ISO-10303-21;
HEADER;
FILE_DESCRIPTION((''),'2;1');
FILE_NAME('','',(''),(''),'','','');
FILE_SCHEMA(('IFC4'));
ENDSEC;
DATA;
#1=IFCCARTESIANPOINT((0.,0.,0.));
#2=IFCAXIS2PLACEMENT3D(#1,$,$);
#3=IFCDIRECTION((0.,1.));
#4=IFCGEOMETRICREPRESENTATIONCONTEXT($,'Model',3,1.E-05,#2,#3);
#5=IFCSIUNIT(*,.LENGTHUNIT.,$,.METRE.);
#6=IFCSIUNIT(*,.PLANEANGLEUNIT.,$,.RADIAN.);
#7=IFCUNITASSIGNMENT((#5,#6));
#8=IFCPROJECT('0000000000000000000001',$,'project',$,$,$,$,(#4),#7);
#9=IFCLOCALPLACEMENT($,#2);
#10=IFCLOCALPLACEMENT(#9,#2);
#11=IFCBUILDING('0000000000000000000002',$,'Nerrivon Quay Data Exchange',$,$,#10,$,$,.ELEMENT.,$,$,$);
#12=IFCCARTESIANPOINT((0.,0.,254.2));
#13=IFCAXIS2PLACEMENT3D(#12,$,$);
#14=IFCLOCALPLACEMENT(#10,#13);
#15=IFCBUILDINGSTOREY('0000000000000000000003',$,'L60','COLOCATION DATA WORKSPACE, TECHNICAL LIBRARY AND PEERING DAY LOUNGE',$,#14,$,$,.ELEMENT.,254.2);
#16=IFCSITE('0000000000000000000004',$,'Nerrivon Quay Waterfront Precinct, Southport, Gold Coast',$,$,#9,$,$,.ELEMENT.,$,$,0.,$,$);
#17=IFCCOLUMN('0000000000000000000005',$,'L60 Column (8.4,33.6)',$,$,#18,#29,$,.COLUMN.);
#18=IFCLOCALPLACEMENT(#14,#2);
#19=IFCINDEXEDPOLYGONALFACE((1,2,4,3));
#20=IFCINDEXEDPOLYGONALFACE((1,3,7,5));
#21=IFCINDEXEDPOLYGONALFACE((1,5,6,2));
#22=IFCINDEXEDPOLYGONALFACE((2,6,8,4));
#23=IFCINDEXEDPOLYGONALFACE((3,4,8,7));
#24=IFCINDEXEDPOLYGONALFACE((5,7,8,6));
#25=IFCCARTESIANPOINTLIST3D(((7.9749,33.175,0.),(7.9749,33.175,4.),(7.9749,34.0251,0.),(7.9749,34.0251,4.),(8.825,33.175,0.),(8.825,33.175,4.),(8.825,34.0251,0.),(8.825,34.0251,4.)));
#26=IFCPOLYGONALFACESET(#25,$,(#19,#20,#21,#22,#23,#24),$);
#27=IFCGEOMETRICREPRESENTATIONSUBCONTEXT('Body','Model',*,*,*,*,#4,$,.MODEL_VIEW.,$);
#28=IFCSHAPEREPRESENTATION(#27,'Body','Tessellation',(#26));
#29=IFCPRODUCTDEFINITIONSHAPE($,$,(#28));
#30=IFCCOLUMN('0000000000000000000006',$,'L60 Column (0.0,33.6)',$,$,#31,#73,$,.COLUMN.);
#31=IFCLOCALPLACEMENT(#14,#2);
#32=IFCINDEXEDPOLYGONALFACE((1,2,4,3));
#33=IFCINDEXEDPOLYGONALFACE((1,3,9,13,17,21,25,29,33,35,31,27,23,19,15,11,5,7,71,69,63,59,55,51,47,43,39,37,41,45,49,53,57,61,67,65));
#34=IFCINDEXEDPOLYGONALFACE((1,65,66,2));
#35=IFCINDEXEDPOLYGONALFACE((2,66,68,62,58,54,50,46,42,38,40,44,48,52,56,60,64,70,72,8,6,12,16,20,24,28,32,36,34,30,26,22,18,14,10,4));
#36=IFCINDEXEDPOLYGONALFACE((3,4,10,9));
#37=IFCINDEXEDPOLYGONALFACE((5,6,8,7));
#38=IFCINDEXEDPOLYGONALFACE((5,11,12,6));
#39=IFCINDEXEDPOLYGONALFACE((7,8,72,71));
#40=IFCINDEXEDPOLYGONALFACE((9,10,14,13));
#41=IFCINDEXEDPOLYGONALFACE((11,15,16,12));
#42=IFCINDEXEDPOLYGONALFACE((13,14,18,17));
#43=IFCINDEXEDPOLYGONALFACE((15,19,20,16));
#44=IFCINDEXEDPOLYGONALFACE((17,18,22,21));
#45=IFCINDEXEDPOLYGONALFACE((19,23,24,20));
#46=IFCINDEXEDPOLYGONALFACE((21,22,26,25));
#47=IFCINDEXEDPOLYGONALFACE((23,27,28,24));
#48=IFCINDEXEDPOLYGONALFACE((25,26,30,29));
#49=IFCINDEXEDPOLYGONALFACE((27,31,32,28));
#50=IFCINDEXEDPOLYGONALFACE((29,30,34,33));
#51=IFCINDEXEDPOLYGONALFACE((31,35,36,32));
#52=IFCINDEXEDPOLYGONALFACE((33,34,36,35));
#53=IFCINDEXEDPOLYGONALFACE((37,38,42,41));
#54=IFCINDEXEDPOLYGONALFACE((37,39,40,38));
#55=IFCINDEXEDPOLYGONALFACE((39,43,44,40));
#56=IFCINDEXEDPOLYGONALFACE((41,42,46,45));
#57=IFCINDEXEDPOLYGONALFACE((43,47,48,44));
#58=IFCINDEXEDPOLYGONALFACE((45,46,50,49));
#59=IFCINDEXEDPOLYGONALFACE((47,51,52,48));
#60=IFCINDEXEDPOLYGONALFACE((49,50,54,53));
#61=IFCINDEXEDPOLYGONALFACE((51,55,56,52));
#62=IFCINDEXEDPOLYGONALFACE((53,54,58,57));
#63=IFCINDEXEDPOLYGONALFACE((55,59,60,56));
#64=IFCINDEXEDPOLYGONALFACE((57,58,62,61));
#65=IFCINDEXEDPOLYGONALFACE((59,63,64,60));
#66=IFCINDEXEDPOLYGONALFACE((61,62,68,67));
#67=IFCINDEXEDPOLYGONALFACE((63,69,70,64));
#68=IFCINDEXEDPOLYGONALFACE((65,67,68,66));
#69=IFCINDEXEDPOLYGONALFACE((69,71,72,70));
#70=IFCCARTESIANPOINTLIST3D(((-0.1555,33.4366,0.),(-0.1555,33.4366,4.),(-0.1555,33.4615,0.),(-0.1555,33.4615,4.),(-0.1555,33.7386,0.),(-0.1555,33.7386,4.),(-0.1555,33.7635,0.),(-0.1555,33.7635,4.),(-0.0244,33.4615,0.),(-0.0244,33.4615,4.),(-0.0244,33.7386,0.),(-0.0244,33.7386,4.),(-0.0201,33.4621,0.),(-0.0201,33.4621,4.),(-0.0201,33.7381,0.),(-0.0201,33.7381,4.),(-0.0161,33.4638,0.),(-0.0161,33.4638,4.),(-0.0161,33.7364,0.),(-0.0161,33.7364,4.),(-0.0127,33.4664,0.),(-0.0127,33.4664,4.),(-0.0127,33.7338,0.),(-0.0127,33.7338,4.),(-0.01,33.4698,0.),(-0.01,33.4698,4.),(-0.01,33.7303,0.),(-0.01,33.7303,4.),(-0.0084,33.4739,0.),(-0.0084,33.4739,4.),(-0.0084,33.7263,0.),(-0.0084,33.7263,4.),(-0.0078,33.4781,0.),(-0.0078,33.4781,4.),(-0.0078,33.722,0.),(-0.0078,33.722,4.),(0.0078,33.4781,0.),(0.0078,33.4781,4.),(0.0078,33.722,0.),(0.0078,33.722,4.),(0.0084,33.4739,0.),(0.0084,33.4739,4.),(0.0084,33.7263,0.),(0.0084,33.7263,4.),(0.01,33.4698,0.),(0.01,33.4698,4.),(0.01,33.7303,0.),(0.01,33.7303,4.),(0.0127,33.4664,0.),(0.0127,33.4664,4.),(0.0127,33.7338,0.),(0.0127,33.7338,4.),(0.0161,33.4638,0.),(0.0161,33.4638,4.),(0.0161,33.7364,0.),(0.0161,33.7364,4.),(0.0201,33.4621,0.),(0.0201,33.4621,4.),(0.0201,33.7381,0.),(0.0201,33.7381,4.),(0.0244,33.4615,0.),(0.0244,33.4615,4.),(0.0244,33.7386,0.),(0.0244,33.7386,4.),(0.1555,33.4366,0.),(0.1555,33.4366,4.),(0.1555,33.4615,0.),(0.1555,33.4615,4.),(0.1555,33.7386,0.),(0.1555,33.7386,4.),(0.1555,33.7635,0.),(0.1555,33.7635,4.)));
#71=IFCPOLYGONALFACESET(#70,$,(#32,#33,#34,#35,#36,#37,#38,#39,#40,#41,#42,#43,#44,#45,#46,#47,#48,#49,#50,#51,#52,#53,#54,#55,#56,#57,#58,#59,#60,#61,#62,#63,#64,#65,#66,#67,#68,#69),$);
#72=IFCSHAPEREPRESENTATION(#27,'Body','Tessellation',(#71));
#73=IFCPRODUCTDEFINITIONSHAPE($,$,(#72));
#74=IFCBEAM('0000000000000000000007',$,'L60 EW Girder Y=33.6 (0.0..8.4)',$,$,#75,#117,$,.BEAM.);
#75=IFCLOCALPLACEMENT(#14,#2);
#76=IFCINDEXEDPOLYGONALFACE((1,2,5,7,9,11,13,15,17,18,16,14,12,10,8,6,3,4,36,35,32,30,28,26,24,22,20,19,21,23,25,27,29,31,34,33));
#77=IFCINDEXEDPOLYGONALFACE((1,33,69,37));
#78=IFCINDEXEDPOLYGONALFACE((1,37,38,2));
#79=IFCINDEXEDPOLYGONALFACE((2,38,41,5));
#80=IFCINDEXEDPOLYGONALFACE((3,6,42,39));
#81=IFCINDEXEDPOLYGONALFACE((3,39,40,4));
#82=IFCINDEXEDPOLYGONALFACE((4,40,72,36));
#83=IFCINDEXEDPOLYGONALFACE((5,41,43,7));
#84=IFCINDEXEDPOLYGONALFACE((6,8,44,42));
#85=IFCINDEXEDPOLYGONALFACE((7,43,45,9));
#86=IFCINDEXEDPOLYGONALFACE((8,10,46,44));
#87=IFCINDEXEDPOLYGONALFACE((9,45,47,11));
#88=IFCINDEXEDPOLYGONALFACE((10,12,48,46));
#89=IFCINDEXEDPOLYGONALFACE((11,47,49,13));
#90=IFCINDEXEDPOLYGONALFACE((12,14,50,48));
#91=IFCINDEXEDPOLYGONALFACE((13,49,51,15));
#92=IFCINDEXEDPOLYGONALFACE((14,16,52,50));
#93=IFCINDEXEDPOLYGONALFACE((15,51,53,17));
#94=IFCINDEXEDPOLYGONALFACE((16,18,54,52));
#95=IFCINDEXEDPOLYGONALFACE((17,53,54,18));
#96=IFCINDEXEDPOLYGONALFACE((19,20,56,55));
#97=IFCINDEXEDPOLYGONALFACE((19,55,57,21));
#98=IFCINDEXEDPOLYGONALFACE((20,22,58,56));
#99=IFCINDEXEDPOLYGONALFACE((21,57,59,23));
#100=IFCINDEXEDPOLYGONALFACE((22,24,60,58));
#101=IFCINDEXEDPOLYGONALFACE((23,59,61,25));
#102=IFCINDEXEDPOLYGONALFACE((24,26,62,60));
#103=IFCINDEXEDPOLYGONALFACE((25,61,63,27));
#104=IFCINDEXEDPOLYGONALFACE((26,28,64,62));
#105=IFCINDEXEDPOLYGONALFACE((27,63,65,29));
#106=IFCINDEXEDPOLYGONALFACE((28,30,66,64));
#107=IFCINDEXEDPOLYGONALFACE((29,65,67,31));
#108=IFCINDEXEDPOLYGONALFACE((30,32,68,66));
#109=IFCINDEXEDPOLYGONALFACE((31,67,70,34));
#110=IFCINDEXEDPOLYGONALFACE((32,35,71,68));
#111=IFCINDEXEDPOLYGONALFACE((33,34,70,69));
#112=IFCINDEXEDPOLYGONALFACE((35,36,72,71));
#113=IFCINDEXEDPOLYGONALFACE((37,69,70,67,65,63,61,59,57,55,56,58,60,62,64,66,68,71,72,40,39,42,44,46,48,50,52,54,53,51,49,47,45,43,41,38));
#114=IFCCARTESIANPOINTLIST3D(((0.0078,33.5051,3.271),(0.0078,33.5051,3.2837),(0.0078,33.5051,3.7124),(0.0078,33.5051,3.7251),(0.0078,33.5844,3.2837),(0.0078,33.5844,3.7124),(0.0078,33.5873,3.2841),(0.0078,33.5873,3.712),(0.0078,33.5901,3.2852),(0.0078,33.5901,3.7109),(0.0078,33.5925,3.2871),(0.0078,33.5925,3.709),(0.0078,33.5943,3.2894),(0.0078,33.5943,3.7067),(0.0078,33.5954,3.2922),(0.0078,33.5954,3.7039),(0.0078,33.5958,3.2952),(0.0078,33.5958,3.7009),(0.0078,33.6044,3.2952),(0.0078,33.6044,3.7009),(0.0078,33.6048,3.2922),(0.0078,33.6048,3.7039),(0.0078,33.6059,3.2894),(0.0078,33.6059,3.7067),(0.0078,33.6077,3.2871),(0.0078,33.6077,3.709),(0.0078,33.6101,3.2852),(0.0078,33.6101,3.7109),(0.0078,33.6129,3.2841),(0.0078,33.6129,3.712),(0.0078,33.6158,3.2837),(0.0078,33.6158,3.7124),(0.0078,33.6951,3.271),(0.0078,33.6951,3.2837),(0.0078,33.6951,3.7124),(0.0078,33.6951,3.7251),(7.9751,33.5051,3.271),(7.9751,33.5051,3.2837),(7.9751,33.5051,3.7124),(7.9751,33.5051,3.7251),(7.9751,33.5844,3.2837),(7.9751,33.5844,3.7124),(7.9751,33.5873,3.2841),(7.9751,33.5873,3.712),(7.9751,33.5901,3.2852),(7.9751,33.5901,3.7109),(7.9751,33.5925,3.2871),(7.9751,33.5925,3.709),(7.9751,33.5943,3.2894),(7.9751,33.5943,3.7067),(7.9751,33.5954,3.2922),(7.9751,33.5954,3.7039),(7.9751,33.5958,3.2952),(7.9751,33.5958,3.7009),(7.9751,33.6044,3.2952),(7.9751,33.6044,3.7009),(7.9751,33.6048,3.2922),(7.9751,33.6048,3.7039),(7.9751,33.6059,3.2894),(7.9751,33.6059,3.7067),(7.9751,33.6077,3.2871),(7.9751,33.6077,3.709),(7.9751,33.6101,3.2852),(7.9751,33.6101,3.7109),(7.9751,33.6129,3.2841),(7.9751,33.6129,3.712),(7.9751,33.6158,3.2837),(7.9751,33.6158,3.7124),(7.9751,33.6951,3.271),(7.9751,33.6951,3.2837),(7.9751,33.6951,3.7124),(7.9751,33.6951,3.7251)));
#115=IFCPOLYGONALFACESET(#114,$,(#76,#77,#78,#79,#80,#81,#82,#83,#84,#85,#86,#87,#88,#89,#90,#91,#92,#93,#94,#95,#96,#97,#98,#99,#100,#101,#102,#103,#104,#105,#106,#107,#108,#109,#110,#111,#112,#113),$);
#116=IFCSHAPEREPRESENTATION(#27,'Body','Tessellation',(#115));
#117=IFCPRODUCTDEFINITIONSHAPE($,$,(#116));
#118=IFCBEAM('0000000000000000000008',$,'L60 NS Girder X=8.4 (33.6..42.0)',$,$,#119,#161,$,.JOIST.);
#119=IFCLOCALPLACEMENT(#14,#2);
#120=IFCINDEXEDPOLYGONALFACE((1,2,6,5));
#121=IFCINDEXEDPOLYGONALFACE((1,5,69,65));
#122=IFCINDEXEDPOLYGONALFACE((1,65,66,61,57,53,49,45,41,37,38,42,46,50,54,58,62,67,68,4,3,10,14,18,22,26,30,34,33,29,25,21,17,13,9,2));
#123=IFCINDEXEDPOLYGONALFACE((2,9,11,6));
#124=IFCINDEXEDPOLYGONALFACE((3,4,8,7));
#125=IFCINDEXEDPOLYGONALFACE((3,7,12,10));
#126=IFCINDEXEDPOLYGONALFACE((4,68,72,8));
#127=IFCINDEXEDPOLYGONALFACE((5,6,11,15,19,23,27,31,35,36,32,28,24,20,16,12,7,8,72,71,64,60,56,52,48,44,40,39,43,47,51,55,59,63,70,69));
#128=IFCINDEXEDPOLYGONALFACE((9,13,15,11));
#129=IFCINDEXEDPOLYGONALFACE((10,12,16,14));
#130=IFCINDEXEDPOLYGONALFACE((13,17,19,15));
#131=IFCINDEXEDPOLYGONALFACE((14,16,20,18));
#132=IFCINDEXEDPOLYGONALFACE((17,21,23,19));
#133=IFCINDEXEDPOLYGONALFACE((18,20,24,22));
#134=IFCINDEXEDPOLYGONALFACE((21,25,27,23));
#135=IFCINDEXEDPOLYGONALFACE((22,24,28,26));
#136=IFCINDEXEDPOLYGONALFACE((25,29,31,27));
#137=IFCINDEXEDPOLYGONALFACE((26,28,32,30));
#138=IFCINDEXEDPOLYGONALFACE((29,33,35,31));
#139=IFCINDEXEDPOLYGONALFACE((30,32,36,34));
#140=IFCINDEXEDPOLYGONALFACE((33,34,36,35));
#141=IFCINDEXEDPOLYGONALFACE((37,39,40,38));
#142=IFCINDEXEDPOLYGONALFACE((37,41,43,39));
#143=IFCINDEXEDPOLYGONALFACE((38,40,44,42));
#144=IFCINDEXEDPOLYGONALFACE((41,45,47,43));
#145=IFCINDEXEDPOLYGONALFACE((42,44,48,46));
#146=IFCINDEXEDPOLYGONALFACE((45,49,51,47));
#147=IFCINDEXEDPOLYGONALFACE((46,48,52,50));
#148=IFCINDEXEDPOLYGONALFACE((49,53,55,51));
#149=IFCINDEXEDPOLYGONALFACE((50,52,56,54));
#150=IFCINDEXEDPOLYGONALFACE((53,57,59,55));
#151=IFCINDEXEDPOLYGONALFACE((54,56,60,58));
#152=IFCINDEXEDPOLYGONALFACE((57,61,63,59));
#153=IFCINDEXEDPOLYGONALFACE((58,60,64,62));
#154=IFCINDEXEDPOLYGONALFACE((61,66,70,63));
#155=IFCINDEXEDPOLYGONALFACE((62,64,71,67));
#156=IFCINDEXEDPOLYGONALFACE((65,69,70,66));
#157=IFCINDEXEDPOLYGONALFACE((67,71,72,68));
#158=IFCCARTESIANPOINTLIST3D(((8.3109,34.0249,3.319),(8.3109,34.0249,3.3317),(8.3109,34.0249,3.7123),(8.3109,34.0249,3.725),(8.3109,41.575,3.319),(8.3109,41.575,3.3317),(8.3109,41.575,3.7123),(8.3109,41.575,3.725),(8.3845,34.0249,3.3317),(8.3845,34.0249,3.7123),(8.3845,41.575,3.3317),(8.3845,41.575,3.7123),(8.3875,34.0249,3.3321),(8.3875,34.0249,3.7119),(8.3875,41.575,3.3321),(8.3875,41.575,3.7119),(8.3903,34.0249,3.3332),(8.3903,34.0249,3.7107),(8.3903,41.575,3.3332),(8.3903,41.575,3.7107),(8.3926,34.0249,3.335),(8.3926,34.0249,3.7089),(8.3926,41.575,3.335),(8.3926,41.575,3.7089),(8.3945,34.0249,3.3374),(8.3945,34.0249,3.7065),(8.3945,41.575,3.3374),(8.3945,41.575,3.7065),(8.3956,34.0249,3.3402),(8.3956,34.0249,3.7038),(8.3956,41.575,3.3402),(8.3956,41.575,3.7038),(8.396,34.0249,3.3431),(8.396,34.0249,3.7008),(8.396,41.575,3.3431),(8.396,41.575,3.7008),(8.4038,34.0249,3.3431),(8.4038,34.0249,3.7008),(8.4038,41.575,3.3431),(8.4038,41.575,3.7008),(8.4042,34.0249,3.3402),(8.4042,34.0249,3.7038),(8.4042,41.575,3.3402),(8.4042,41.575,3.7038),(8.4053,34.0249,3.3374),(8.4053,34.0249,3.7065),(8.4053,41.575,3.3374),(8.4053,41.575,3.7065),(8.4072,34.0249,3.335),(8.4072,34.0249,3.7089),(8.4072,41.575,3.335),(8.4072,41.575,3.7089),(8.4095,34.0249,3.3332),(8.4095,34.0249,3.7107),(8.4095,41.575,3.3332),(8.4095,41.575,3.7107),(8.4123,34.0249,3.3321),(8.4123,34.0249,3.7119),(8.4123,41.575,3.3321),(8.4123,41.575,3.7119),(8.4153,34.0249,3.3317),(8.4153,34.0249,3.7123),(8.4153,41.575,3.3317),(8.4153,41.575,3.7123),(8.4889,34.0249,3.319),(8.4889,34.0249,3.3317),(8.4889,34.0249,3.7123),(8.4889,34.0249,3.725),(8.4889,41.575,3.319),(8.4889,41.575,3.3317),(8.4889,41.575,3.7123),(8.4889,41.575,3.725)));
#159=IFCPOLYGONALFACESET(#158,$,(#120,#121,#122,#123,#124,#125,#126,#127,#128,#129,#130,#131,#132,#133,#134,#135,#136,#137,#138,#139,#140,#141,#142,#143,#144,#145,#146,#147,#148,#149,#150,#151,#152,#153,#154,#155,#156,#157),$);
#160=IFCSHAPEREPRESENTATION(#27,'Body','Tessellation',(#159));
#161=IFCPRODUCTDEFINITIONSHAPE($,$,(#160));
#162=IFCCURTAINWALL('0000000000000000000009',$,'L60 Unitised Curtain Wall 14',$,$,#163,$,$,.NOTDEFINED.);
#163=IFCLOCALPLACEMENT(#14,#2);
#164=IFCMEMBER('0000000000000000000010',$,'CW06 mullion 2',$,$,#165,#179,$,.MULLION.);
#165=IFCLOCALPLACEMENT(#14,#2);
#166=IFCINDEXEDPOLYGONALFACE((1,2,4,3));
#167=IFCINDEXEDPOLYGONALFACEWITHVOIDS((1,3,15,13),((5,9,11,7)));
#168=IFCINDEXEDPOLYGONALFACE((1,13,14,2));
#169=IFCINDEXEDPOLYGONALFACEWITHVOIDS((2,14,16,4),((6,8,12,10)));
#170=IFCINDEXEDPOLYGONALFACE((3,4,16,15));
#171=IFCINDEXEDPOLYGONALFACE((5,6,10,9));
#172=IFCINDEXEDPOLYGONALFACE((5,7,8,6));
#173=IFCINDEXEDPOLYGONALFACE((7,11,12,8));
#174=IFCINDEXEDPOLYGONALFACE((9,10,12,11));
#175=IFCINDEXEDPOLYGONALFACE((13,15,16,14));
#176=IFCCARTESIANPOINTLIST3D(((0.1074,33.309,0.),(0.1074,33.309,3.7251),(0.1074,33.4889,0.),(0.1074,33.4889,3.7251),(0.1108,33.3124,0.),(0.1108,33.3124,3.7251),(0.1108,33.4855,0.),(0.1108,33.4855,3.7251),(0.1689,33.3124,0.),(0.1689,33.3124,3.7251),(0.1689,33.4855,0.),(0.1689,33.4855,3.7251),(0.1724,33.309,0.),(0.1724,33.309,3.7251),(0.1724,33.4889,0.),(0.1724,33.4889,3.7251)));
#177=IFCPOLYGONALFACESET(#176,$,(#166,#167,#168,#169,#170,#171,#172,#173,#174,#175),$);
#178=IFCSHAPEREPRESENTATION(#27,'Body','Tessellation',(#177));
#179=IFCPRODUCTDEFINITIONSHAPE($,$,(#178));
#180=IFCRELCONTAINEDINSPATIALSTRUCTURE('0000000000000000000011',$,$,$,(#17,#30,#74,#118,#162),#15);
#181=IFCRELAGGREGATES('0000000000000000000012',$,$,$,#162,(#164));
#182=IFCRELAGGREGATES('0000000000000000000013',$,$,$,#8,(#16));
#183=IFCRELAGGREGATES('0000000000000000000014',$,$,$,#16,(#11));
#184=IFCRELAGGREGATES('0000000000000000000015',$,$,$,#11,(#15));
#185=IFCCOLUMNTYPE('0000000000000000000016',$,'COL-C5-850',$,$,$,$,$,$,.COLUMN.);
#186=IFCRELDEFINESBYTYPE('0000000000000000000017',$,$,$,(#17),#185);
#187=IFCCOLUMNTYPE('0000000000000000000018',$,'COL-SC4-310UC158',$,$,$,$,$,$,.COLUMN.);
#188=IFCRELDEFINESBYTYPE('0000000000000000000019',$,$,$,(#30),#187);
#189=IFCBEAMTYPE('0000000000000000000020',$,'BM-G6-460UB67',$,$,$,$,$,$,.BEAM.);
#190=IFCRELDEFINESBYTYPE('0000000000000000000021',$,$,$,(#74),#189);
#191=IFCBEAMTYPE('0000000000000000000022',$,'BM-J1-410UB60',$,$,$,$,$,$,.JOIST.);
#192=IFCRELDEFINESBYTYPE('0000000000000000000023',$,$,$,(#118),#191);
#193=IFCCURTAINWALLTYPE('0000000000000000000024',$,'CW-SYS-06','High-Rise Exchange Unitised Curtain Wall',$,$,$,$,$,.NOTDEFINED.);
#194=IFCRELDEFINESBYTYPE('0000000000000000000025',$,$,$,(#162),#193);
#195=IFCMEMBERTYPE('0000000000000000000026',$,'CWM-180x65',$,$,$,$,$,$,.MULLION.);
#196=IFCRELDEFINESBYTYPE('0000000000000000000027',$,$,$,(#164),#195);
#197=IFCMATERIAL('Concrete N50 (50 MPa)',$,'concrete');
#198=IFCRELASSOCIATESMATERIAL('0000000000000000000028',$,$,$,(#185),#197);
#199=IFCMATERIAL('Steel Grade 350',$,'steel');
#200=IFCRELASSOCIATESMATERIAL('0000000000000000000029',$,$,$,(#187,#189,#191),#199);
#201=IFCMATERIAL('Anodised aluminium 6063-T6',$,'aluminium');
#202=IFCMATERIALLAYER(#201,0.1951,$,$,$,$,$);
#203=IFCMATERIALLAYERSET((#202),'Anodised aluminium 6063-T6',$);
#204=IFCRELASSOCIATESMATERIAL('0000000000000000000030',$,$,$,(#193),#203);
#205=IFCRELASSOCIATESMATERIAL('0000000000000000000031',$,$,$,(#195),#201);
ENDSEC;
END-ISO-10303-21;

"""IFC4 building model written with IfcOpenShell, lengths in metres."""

from ifc_helpers import new_model, si_unit, direction, frame, origin, origin_2d, place, context, subcontext, project, spatial, rectangle, hollow_rectangle, i_section, extrude, material, layer, layer_set, material_profile, profile_set, type_object, element, aggregate, save


model = new_model("IFC4")

# Units and contexts
model_context = context("Model", 3, precision=1e-05, world=origin(), true_north=direction((0.0, 1.0)))
body_context = subcontext(model_context, "Body", "Model", "MODEL_VIEW")
ifc_project = project(units=[si_unit("LENGTHUNIT", "METRE"), si_unit("PLANEANGLEUNIT", "RADIAN")], contexts=[model_context])

# Site, building, storey
site_placement = place(None, origin())
site = spatial("IfcSite", under=ifc_project, at=site_placement, Name="Nerrivon Quay Waterfront Precinct, Southport, Gold Coast", CompositionType="ELEMENT", RefElevation=0.0)
building_placement = place(site_placement, origin())
building = spatial("IfcBuilding", under=site, at=building_placement, Name="Nerrivon Quay Data Exchange", CompositionType="ELEMENT")
storey_placement = place(building_placement, frame((0.0, 0.0, 254.2)))
storey = spatial("IfcBuildingStorey", under=building, at=storey_placement, Name="L60", Description="COLOCATION DATA WORKSPACE, TECHNICAL LIBRARY AND PEERING DAY LOUNGE", CompositionType="ELEMENT", Elevation=254.2)

# Columns
ifc_material_1 = material(Name="Concrete N50 (50 MPa)", Category="concrete")
ifc_material_profile_1 = material_profile(ifc_material_1, rectangle(XDim=0.8501, YDim=0.8501, at=origin_2d()), Name="RC-COL-850x850")
ifc_profile_set_1 = profile_set([ifc_material_profile_1], Name="Concrete N50 (50 MPa)")
column_type_1 = type_object("IfcColumnType", Name="COL-C5-850", PredefinedType="COLUMN", material=ifc_profile_set_1)
column_1_placement = place(storey_placement, frame((8.3999, 33.6001, 0.0), z_axis=(0.0, 0.0, 1.0), x_axis=(1.0, 0.0, 0.0)))
element("IfcColumn", 1, at=column_1_placement, inside=storey, type_object=column_type_1, Name="L60 Column (8.4,33.6)", PredefinedType="COLUMN", context=body_context, shape_type="SweptSolid", body=[
    extrude(rectangle(XDim=0.8501, YDim=0.8501, at=origin_2d()), origin(), (0.0, 0.0, 1.0), 4.0),
])
ifc_material_2 = material(Name="Steel Grade 350", Category="steel")
ifc_material_profile_2 = material_profile(ifc_material_2, i_section(OverallWidth=0.311, OverallDepth=0.3269, WebThickness=0.0156, FlangeThickness=0.0249, FilletRadius=0.0166, at=origin_2d()), Name="310UC158")
ifc_profile_set_2 = profile_set([ifc_material_profile_2], Name="Steel Grade 350")
column_type_2 = type_object("IfcColumnType", Name="COL-SC4-310UC158", PredefinedType="COLUMN", material=ifc_profile_set_2)
column_2_placement = place(storey_placement, frame((0.0, 33.6001, 0.0), z_axis=(0.0, 0.0, 1.0), x_axis=(1.0, 0.0, 0.0)))
element("IfcColumn", 2, at=column_2_placement, inside=storey, type_object=column_type_2, Name="L60 Column (0.0,33.6)", PredefinedType="COLUMN", context=body_context, shape_type="SweptSolid", body=[
    extrude(i_section(OverallWidth=0.311, OverallDepth=0.3269, WebThickness=0.0156, FlangeThickness=0.0249, FilletRadius=0.0166, at=origin_2d()), origin(), (0.0, 0.0, 1.0), 4.0),
])

# Beams
ifc_material_profile_3 = material_profile(ifc_material_2, i_section(OverallWidth=0.1899, OverallDepth=0.4541, WebThickness=0.0085, FlangeThickness=0.0127, FilletRadius=0.0115, at=origin_2d()), Name="460UB67.1")
ifc_profile_set_3 = profile_set([ifc_material_profile_3], Name="Steel Grade 350")
beam_type_1 = type_object("IfcBeamType", Name="BM-G6-460UB67", PredefinedType="BEAM", material=ifc_profile_set_3)
beam_1_placement = place(storey_placement, frame((0.0078, 33.6001, 3.498), z_axis=(1.0, 0.0, 0.0), x_axis=(0.0, 1.0, 0.0)))
element("IfcBeam", 3, at=beam_1_placement, inside=storey, type_object=beam_type_1, Name="L60 EW Girder Y=33.6 (0.0..8.4)", PredefinedType="BEAM", context=body_context, shape_type="SweptSolid", body=[
    extrude(i_section(OverallWidth=0.1899, OverallDepth=0.4541, WebThickness=0.0085, FlangeThickness=0.0127, FilletRadius=0.0115, at=origin_2d()), origin(), (0.0, 0.0, 1.0), 7.9673),
])
ifc_material_profile_4 = material_profile(ifc_material_2, i_section(OverallWidth=0.178, OverallDepth=0.406, WebThickness=0.0078, FlangeThickness=0.0127, FilletRadius=0.0115, at=origin_2d()), Name="410UB59.7")
ifc_profile_set_4 = profile_set([ifc_material_profile_4], Name="Steel Grade 350")
beam_type_2 = type_object("IfcBeamType", Name="BM-J1-410UB60", PredefinedType="JOIST", material=ifc_profile_set_4)
beam_2_placement = place(storey_placement, frame((8.3999, 34.0249, 3.522), z_axis=(0.0, 1.0, 0.0), x_axis=(-1.0, 0.0, 0.0)))
element("IfcBeam", 4, at=beam_2_placement, inside=storey, type_object=beam_type_2, Name="L60 NS Girder X=8.4 (33.6..42.0)", PredefinedType="JOIST", context=body_context, shape_type="SweptSolid", body=[
    extrude(i_section(OverallWidth=0.178, OverallDepth=0.406, WebThickness=0.0078, FlangeThickness=0.0127, FilletRadius=0.0115, at=origin_2d()), origin(), (0.0, 0.0, 1.0), 7.55),
])

# Curtain wall, member
ifc_material_3 = material(Name="Anodised aluminium 6063-T6", Category="aluminium")
ifc_layer_1 = layer(ifc_material_3, 0.1951)
ifc_layer_set_1 = layer_set([ifc_layer_1], Name="Anodised aluminium 6063-T6")
curtain_wall_type = type_object("IfcCurtainWallType", Name="CW-SYS-06", Description="High-Rise Exchange Unitised Curtain Wall", PredefinedType="NOTDEFINED", material=ifc_layer_set_1)
curtain_wall_1_placement = place(storey_placement, origin())
curtain_wall_1 = element("IfcCurtainWall", 5, at=curtain_wall_1_placement, inside=storey, type_object=curtain_wall_type, Name="L60 Unitised Curtain Wall 14", PredefinedType="NOTDEFINED")
ifc_material_profile_5 = material_profile(ifc_material_3, hollow_rectangle(XDim=0.0649, YDim=0.1799, WallThickness=0.0034, at=origin_2d()), Name="ALU-MULL-180x65")
ifc_profile_set_5 = profile_set([ifc_material_profile_5], Name="Anodised aluminium 6063-T6")
member_type_1 = type_object("IfcMemberType", Name="CWM-180x65", PredefinedType="MULLION", material=ifc_profile_set_5)
member_1_placement = place(storey_placement, frame((0.1399, 33.3989, 0.0), z_axis=(0.0, 0.0, 1.0), x_axis=(-1.0, 0.0, 0.0)))
member_1 = element("IfcMember", 6, at=member_1_placement, type_object=member_type_1, Name="CW06 mullion 2", PredefinedType="MULLION", context=body_context, shape_type="SweptSolid", body=[
    extrude(hollow_rectangle(XDim=0.0649, YDim=0.1799, WallThickness=0.0034, at=origin_2d()), origin(), (0.0, 0.0, 1.0), 3.7251),
])
aggregate(curtain_wall_1, [member_1])

save(model, "model.ifc")
